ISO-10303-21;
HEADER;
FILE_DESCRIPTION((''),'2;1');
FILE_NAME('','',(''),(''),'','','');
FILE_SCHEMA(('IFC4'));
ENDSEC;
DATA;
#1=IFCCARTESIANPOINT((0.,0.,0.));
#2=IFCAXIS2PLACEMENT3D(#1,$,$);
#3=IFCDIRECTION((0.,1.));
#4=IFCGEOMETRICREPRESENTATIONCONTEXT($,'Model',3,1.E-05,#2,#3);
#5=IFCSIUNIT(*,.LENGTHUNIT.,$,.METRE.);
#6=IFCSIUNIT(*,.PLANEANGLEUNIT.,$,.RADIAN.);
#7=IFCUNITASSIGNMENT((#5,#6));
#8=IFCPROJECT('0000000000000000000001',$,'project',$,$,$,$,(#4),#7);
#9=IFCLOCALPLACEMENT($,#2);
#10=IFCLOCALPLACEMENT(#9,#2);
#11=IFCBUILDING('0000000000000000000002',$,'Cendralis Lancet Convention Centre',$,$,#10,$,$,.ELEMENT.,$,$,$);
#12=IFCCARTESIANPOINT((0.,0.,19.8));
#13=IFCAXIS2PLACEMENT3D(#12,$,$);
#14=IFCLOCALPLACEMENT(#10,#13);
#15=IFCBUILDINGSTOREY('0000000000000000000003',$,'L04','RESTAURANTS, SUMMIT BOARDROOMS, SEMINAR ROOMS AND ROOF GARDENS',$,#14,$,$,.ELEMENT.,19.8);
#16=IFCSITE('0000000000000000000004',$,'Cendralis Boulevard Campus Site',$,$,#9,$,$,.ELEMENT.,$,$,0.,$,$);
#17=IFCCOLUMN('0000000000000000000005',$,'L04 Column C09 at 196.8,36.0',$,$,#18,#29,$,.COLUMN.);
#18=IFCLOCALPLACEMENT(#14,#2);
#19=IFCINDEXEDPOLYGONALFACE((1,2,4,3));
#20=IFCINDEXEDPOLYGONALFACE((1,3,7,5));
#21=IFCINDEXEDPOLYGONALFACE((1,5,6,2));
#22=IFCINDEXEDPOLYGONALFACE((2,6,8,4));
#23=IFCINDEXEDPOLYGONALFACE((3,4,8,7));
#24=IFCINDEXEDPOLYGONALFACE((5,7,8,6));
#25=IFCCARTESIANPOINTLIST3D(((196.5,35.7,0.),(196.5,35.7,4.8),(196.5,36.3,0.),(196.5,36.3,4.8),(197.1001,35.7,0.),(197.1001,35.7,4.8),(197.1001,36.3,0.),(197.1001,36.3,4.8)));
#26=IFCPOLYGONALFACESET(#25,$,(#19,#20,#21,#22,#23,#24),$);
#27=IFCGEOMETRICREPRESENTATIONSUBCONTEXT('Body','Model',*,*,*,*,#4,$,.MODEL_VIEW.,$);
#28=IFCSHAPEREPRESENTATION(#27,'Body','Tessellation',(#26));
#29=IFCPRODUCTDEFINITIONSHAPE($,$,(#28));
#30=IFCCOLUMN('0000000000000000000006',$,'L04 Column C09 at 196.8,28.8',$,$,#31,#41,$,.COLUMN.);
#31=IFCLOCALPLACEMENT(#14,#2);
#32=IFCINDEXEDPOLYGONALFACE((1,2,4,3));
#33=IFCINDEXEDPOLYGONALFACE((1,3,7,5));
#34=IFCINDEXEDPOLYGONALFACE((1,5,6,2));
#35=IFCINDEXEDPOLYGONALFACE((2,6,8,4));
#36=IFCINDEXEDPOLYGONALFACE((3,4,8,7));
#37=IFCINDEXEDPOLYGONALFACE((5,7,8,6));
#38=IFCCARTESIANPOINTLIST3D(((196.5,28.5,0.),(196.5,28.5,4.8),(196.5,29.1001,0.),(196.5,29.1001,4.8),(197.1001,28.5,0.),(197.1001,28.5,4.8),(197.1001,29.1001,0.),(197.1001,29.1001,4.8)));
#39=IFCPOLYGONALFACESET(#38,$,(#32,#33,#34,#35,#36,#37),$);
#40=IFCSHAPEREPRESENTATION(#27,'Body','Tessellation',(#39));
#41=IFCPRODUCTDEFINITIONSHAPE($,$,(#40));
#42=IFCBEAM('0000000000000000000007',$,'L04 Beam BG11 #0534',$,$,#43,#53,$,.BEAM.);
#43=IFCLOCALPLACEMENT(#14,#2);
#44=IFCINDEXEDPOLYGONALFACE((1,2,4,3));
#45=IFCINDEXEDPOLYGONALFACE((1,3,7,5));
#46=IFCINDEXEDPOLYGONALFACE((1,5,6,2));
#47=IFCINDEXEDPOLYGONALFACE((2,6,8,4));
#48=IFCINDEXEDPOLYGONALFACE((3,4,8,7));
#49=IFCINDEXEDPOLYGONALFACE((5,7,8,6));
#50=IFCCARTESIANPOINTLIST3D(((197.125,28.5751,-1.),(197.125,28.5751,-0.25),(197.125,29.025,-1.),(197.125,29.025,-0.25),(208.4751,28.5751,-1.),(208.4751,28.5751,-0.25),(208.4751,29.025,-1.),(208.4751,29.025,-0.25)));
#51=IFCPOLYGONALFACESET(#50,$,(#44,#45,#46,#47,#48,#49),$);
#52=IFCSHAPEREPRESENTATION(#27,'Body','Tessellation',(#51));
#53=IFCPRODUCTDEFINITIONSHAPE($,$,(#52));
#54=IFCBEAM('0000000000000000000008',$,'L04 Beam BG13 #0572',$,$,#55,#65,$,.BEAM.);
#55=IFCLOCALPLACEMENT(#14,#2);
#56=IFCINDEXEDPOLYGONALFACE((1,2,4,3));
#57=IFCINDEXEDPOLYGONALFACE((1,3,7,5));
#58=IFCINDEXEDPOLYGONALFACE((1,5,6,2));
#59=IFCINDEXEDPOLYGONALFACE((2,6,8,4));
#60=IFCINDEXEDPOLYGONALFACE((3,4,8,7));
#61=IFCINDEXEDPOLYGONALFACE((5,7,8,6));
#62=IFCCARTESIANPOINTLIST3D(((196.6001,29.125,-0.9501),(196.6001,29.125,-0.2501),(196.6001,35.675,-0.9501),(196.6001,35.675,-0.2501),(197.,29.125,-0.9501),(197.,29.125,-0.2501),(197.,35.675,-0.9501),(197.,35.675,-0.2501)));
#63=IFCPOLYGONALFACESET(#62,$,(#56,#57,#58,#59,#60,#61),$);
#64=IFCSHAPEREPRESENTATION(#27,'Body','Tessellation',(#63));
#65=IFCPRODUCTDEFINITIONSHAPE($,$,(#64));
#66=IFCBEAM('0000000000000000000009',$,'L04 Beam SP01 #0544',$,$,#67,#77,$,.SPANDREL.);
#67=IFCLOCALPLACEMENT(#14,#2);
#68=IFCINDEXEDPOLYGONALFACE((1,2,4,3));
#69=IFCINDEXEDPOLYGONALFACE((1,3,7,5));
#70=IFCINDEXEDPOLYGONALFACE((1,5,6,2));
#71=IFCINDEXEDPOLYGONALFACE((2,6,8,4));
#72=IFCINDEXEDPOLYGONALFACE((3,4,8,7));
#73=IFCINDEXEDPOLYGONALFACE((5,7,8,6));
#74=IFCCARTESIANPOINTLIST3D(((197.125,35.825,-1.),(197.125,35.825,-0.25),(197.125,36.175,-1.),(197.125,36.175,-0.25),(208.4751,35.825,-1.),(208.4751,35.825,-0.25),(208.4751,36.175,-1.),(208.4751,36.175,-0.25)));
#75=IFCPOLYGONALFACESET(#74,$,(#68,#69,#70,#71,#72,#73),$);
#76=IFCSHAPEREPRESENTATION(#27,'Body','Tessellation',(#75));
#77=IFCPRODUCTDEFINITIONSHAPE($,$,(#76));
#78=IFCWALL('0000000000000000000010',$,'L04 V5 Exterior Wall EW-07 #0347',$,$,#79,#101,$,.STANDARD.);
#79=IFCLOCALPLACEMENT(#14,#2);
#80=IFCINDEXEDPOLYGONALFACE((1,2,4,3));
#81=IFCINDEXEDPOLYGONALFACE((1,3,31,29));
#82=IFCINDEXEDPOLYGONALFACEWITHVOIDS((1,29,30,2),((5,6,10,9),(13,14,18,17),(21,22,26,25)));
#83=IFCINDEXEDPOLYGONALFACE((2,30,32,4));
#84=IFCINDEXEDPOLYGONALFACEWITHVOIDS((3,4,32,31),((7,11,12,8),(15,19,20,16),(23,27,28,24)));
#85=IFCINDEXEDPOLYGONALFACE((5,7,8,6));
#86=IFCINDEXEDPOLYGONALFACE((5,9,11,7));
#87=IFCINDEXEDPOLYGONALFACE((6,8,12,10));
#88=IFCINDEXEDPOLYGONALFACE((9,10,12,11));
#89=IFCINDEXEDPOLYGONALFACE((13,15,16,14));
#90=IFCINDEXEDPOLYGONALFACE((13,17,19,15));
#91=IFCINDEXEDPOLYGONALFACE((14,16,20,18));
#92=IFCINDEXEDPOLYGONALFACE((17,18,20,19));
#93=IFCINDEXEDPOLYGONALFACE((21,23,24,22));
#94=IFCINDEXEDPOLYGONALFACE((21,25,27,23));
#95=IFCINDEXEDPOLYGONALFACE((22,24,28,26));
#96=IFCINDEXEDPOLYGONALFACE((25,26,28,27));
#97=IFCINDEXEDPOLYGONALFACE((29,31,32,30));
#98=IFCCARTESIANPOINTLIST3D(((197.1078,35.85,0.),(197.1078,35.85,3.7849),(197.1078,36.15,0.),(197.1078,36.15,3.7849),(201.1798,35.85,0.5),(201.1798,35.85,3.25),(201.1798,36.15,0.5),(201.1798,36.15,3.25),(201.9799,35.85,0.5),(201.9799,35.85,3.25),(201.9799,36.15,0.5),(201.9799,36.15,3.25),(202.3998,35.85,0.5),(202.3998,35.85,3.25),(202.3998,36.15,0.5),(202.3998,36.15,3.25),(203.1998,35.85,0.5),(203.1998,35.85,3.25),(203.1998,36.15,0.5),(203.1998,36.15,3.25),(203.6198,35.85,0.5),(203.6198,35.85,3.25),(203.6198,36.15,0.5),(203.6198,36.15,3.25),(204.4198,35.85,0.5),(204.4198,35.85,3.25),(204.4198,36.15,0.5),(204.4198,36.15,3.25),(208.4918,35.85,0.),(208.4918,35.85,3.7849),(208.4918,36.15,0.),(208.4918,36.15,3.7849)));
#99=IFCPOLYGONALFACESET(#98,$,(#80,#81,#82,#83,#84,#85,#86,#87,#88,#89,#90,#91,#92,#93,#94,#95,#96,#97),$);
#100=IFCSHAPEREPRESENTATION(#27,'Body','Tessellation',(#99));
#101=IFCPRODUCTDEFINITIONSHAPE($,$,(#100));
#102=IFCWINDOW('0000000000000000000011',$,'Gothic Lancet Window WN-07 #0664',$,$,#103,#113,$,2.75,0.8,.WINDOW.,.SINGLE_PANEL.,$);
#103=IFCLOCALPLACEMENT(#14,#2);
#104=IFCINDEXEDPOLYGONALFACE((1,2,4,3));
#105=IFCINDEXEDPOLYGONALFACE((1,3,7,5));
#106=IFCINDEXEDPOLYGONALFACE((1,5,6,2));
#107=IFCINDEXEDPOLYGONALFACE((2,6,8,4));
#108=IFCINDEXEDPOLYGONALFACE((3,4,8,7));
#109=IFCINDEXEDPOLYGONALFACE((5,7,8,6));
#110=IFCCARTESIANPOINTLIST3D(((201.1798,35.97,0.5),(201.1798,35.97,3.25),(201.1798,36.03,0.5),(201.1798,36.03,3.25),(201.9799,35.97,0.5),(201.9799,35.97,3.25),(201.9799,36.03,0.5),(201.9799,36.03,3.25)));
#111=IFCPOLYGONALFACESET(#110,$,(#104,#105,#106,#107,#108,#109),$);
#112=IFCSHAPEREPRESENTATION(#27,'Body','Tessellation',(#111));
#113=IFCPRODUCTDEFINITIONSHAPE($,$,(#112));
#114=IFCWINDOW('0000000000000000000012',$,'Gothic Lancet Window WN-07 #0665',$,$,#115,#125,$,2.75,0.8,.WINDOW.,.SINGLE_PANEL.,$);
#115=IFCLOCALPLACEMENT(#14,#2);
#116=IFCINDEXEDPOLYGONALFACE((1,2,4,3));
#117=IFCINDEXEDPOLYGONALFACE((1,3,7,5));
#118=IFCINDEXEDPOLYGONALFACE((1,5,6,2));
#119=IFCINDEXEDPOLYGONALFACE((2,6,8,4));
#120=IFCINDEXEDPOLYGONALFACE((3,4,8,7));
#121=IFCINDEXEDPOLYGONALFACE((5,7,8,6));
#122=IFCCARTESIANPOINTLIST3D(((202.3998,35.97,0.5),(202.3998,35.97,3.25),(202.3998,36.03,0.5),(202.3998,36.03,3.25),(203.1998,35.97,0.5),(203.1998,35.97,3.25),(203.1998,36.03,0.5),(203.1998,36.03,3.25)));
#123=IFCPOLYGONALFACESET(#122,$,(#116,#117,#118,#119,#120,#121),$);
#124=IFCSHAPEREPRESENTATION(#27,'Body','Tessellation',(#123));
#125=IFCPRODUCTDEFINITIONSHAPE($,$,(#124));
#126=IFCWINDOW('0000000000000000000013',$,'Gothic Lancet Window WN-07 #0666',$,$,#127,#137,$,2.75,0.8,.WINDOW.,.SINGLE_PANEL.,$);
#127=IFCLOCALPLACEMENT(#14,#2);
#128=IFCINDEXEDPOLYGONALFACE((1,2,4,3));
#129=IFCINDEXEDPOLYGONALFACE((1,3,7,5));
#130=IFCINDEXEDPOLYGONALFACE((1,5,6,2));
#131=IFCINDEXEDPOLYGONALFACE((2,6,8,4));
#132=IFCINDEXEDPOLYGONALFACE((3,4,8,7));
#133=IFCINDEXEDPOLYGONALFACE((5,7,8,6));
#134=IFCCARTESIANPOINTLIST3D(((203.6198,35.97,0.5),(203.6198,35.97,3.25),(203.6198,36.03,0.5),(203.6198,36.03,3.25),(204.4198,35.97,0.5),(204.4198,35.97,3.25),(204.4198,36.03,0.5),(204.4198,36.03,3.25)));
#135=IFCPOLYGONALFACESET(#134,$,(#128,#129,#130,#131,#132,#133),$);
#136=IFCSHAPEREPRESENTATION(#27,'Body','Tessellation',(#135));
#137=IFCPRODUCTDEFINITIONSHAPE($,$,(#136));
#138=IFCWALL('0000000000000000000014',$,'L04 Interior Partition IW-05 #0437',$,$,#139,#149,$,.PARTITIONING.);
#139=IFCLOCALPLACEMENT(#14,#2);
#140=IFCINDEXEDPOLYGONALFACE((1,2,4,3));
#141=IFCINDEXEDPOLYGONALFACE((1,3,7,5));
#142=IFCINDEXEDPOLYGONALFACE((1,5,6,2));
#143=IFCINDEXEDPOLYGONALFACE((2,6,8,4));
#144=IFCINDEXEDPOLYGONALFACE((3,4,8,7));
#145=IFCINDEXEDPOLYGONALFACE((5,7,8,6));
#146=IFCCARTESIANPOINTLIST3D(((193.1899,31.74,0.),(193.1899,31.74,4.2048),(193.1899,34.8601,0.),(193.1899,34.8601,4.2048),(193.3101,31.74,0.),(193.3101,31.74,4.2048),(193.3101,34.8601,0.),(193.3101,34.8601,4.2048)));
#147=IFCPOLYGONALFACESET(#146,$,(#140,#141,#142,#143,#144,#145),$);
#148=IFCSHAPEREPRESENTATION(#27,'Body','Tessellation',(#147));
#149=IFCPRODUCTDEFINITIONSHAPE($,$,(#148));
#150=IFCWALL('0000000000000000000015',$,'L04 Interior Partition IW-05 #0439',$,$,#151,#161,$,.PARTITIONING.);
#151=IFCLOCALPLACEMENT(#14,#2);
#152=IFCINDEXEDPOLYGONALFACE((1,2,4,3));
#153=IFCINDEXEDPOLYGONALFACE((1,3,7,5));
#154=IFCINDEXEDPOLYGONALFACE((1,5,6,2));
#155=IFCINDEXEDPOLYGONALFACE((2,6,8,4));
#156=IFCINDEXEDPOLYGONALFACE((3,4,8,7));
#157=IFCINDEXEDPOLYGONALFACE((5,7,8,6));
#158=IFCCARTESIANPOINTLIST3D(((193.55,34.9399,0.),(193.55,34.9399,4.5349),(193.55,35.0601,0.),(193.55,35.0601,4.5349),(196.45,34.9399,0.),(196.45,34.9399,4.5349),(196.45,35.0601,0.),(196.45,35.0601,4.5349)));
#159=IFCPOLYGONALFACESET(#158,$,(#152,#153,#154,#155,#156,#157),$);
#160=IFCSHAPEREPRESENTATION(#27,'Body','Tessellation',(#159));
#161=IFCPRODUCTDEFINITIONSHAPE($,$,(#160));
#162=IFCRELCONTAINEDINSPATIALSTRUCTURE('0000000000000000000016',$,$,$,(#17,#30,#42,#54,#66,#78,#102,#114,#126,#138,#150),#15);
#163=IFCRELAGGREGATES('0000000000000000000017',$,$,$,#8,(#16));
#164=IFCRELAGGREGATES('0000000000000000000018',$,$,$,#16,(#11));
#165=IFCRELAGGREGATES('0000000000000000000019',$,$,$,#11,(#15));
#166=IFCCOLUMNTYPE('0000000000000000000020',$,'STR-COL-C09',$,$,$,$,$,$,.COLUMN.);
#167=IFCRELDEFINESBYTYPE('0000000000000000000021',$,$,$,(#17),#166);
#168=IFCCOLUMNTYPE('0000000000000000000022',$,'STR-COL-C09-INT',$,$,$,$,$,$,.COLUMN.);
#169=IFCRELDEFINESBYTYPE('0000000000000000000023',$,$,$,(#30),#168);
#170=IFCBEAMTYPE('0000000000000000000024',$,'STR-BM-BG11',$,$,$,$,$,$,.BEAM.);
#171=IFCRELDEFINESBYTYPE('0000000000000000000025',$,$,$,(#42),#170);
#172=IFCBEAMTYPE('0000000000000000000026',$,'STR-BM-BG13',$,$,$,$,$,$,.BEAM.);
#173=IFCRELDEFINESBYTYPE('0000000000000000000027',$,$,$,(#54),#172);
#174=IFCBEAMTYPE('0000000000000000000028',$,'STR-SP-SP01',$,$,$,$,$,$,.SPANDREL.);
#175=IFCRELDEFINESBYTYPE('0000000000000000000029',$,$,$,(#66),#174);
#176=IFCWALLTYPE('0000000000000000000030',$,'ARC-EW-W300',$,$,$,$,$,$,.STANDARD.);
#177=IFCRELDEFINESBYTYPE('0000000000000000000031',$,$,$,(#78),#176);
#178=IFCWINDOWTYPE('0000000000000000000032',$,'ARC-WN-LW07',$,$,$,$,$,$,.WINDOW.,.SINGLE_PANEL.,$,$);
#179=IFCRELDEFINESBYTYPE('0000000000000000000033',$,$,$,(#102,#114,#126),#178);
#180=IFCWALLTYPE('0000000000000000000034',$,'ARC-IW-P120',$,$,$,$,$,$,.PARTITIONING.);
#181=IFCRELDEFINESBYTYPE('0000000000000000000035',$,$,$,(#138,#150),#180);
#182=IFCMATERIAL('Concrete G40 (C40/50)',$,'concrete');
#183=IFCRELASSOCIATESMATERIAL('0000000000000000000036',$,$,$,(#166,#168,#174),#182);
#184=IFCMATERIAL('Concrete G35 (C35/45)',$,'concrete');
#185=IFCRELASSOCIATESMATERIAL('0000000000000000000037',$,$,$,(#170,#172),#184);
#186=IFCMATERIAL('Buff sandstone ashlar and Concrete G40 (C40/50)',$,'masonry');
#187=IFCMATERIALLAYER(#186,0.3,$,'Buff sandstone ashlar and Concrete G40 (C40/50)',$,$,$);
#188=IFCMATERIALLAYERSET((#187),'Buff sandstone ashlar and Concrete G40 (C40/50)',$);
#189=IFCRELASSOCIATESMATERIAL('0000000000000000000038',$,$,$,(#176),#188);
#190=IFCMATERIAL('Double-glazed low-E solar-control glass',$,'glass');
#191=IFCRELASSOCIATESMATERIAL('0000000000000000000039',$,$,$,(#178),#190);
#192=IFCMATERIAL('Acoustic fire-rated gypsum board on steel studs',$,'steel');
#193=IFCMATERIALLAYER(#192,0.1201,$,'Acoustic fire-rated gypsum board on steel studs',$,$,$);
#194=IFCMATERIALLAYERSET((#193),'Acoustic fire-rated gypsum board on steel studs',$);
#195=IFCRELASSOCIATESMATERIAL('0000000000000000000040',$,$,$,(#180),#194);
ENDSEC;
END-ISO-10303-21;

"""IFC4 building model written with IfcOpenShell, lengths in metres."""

from ifc_helpers import new_model, si_unit, direction, frame, frame_2d, origin, origin_2d, place, context, subcontext, project, spatial, rectangle, extrude, material, layer, layer_set, material_profile, profile_set, type_object, element, fill, save


model = new_model("IFC4")

# Units and contexts
model_context = context("Model", 3, precision=1e-05, world=origin(), true_north=direction((0.0, 1.0)))
body_context = subcontext(model_context, "Body", "Model", "MODEL_VIEW")
ifc_project = project(units=[si_unit("LENGTHUNIT", "METRE"), si_unit("PLANEANGLEUNIT", "RADIAN")], contexts=[model_context])

# Site, building, storey
site_placement = place(None, origin())
site = spatial("IfcSite", under=ifc_project, at=site_placement, Name="Cendralis Boulevard Campus Site", CompositionType="ELEMENT", RefElevation=0.0)
building_placement = place(site_placement, origin())
building = spatial("IfcBuilding", under=site, at=building_placement, Name="Cendralis Lancet Convention Centre", CompositionType="ELEMENT")
storey_placement = place(building_placement, frame((0.0, 0.0, 19.8)))
storey = spatial("IfcBuildingStorey", under=building, at=storey_placement, Name="L04", Description="RESTAURANTS, SUMMIT BOARDROOMS, SEMINAR ROOMS AND ROOF GARDENS", CompositionType="ELEMENT", Elevation=19.8)

# Columns
ifc_material_1 = material(Name="Concrete G40 (C40/50)", Category="concrete")
ifc_material_profile_1 = material_profile(ifc_material_1, rectangle(XDim=0.6001, YDim=0.6001, at=origin_2d()), Name="RC 600x600")
ifc_profile_set_1 = profile_set([ifc_material_profile_1], Name="Concrete G40 (C40/50)")
column_type_1 = type_object("IfcColumnType", Name="STR-COL-C09", PredefinedType="COLUMN", material=ifc_profile_set_1)
column_1_placement = place(storey_placement, frame((196.8, 36.0, 0.0), z_axis=(0.0, 0.0, 1.0), x_axis=(1.0, 0.0, 0.0)))
element("IfcColumn", 1, at=column_1_placement, inside=storey, type_object=column_type_1, Name="L04 Column C09 at 196.8,36.0", PredefinedType="COLUMN", context=body_context, shape_type="SweptSolid", body=[
    extrude(rectangle(XDim=0.6001, YDim=0.6001, at=origin_2d()), origin(), (0.0, 0.0, 1.0), 4.8),
])
ifc_material_profile_2 = material_profile(ifc_material_1, rectangle(XDim=0.6001, YDim=0.6001, at=origin_2d()), Name="RC 600x600")
ifc_profile_set_2 = profile_set([ifc_material_profile_2], Name="Concrete G40 (C40/50)")
column_type_2 = type_object("IfcColumnType", Name="STR-COL-C09-INT", PredefinedType="COLUMN", material=ifc_profile_set_2)
column_2_placement = place(storey_placement, frame((196.8, 28.8, 0.0), z_axis=(0.0, 0.0, 1.0), x_axis=(1.0, 0.0, 0.0)))
element("IfcColumn", 2, at=column_2_placement, inside=storey, type_object=column_type_2, Name="L04 Column C09 at 196.8,28.8", PredefinedType="COLUMN", context=body_context, shape_type="SweptSolid", body=[
    extrude(rectangle(XDim=0.6001, YDim=0.6001, at=origin_2d()), origin(), (0.0, 0.0, 1.0), 4.8),
])

# Beams
ifc_material_2 = material(Name="Concrete G35 (C35/45)", Category="concrete")
ifc_material_profile_3 = material_profile(ifc_material_2, rectangle(XDim=0.45, YDim=0.75, at=origin_2d()), Name="RCB 450x750")
ifc_profile_set_3 = profile_set([ifc_material_profile_3], Name="Concrete G35 (C35/45)")
beam_type_1 = type_object("IfcBeamType", Name="STR-BM-BG11", PredefinedType="BEAM", material=ifc_profile_set_3)
beam_1_placement = place(storey_placement, frame((197.125, 28.8, -0.625), z_axis=(1.0, 0.0, 0.0), x_axis=(0.0, 1.0, 0.0)))
element("IfcBeam", 3, at=beam_1_placement, inside=storey, type_object=beam_type_1, Name="L04 Beam BG11 #0534", PredefinedType="BEAM", context=body_context, shape_type="SweptSolid", body=[
    extrude(rectangle(XDim=0.45, YDim=0.75, at=origin_2d()), origin(), (0.0, 0.0, 1.0), 11.3501),
])
ifc_material_profile_4 = material_profile(ifc_material_2, rectangle(XDim=0.3999, YDim=0.7, at=origin_2d()), Name="RCB 400x700")
ifc_profile_set_4 = profile_set([ifc_material_profile_4], Name="Concrete G35 (C35/45)")
beam_type_2 = type_object("IfcBeamType", Name="STR-BM-BG13", PredefinedType="BEAM", material=ifc_profile_set_4)
beam_2_placement = place(storey_placement, frame((196.8, 29.125, -0.6001), z_axis=(0.0, 1.0, 0.0), x_axis=(-1.0, 0.0, 0.0)))
element("IfcBeam", 4, at=beam_2_placement, inside=storey, type_object=beam_type_2, Name="L04 Beam BG13 #0572", PredefinedType="BEAM", context=body_context, shape_type="SweptSolid", body=[
    extrude(rectangle(XDim=0.3999, YDim=0.7, at=origin_2d()), origin(), (0.0, 0.0, 1.0), 6.55),
])
ifc_material_profile_5 = material_profile(ifc_material_1, rectangle(XDim=0.3501, YDim=0.75, at=origin_2d()), Name="RCB 350x750")
ifc_profile_set_5 = profile_set([ifc_material_profile_5], Name="Concrete G40 (C40/50)")
beam_type_3 = type_object("IfcBeamType", Name="STR-SP-SP01", PredefinedType="SPANDREL", material=ifc_profile_set_5)
beam_3_placement = place(storey_placement, frame((197.125, 36.0, -0.625), z_axis=(1.0, 0.0, 0.0), x_axis=(0.0, 1.0, 0.0)))
element("IfcBeam", 5, at=beam_3_placement, inside=storey, type_object=beam_type_3, Name="L04 Beam SP01 #0544", PredefinedType="SPANDREL", context=body_context, shape_type="SweptSolid", body=[
    extrude(rectangle(XDim=0.3501, YDim=0.75, at=origin_2d()), origin(), (0.0, 0.0, 1.0), 11.3501),
])

# Wall, openings, windows
ifc_material_3 = material(Name="Buff sandstone ashlar and Concrete G40 (C40/50)", Category="masonry")
ifc_layer_1 = layer(ifc_material_3, 0.3, Name="Buff sandstone ashlar and Concrete G40 (C40/50)")
ifc_layer_set_1 = layer_set([ifc_layer_1], Name="Buff sandstone ashlar and Concrete G40 (C40/50)")
wall_type_1 = type_object("IfcWallType", Name="ARC-EW-W300", PredefinedType="STANDARD", material=ifc_layer_set_1)
wall_1_placement = place(storey_placement, frame((197.1079, 36.0, 0.0), z_axis=(0.0, 0.0, 1.0), x_axis=(1.0, 0.0, 0.0)))
wall_1 = element("IfcWall", 6, at=wall_1_placement, inside=storey, type_object=wall_type_1, Name="L04 V5 Exterior Wall EW-07 #0347", PredefinedType="STANDARD", context=body_context, shape_type="SweptSolid", body=[
    extrude(rectangle(XDim=11.384, YDim=0.3, at=frame_2d((5.6919, 0.0))), origin(), (0.0, 0.0, 1.0), 3.7849),
])
opening_1_placement = place(wall_1_placement, frame((4.072, 0.0, 0.5)))
opening_1 = element("IfcOpeningElement", 7, at=opening_1_placement, cuts=wall_1, PredefinedType="OPENING", context=body_context, shape_type="SweptSolid", body=[
    extrude(rectangle(XDim=0.8, YDim=2.75, at=frame_2d((0.3999, 1.375))), frame((0.0, 0.1599, 0.0), z_axis=(0.0, -1.0, 0.0), x_axis=(1.0, 0.0, 0.0)), (0.0, 0.0, 1.0), 0.3201),
])
opening_2_placement = place(wall_1_placement, frame((5.292, 0.0, 0.5)))
opening_2 = element("IfcOpeningElement", 8, at=opening_2_placement, cuts=wall_1, PredefinedType="OPENING", context=body_context, shape_type="SweptSolid", body=[
    extrude(rectangle(XDim=0.8, YDim=2.75, at=frame_2d((0.3999, 1.375))), frame((0.0, 0.1599, 0.0), z_axis=(0.0, -1.0, 0.0), x_axis=(1.0, 0.0, 0.0)), (0.0, 0.0, 1.0), 0.3201),
])
opening_3_placement = place(wall_1_placement, frame((6.512, 0.0, 0.5)))
opening_3 = element("IfcOpeningElement", 9, at=opening_3_placement, cuts=wall_1, PredefinedType="OPENING", context=body_context, shape_type="SweptSolid", body=[
    extrude(rectangle(XDim=0.8, YDim=2.75, at=frame_2d((0.3999, 1.375))), frame((0.0, 0.1599, 0.0), z_axis=(0.0, -1.0, 0.0), x_axis=(1.0, 0.0, 0.0)), (0.0, 0.0, 1.0), 0.3201),
])
ifc_material_4 = material(Name="Double-glazed low-E solar-control glass", Category="glass")
window_type = type_object("IfcWindowType", Name="ARC-WN-LW07", PartitioningType="SINGLE_PANEL", PredefinedType="WINDOW", material=ifc_material_4)
window_1_placement = place(opening_1_placement, origin())
window_1 = element("IfcWindow", 10, at=window_1_placement, inside=storey, type_object=window_type, Name="Gothic Lancet Window WN-07 #0664", OverallHeight=2.75, OverallWidth=0.8, PartitioningType="SINGLE_PANEL", PredefinedType="WINDOW", context=body_context, shape_type="SweptSolid", body=[
    extrude(rectangle(XDim=0.8, YDim=2.75, at=frame_2d((0.3999, 1.375))), frame((0.0, 0.03, 0.0), z_axis=(0.0, -1.0, 0.0), x_axis=(1.0, 0.0, 0.0)), (0.0, 0.0, 1.0), 0.0601),
])
fill(opening_1, window_1)
window_2_placement = place(opening_2_placement, origin())
window_2 = element("IfcWindow", 11, at=window_2_placement, inside=storey, type_object=window_type, Name="Gothic Lancet Window WN-07 #0665", OverallHeight=2.75, OverallWidth=0.8, PartitioningType="SINGLE_PANEL", PredefinedType="WINDOW", context=body_context, shape_type="SweptSolid", body=[
    extrude(rectangle(XDim=0.8, YDim=2.75, at=frame_2d((0.3999, 1.375))), frame((0.0, 0.03, 0.0), z_axis=(0.0, -1.0, 0.0), x_axis=(1.0, 0.0, 0.0)), (0.0, 0.0, 1.0), 0.0601),
])
fill(opening_2, window_2)
window_3_placement = place(opening_3_placement, origin())
window_3 = element("IfcWindow", 12, at=window_3_placement, inside=storey, type_object=window_type, Name="Gothic Lancet Window WN-07 #0666", OverallHeight=2.75, OverallWidth=0.8, PartitioningType="SINGLE_PANEL", PredefinedType="WINDOW", context=body_context, shape_type="SweptSolid", body=[
    extrude(rectangle(XDim=0.8, YDim=2.75, at=frame_2d((0.3999, 1.375))), frame((0.0, 0.03, 0.0), z_axis=(0.0, -1.0, 0.0), x_axis=(1.0, 0.0, 0.0)), (0.0, 0.0, 1.0), 0.0601),
])
fill(opening_3, window_3)

# Wall
ifc_material_5 = material(Name="Acoustic fire-rated gypsum board on steel studs", Category="steel")
ifc_layer_2 = layer(ifc_material_5, 0.1201, Name="Acoustic fire-rated gypsum board on steel studs")
ifc_layer_set_2 = layer_set([ifc_layer_2], Name="Acoustic fire-rated gypsum board on steel studs")
wall_type_2 = type_object("IfcWallType", Name="ARC-IW-P120", PredefinedType="PARTITIONING", material=ifc_layer_set_2)
wall_2_placement = place(storey_placement, frame((193.25, 31.74, 0.0), z_axis=(0.0, 0.0, 1.0), x_axis=(0.0, 1.0, 0.0)))
element("IfcWall", 13, at=wall_2_placement, inside=storey, type_object=wall_type_2, Name="L04 Interior Partition IW-05 #0437", PredefinedType="PARTITIONING", context=body_context, shape_type="SweptSolid", body=[
    extrude(rectangle(XDim=3.1201, YDim=0.1201, at=frame_2d((1.5601, 0.0))), origin(), (0.0, 0.0, 1.0), 4.2048),
])

# Wall
wall_3_placement = place(storey_placement, frame((193.55, 35.0, 0.0), z_axis=(0.0, 0.0, 1.0), x_axis=(1.0, 0.0, 0.0)))
element("IfcWall", 14, at=wall_3_placement, inside=storey, type_object=wall_type_2, Name="L04 Interior Partition IW-05 #0439", PredefinedType="PARTITIONING", context=body_context, shape_type="SweptSolid", body=[
    extrude(rectangle(XDim=2.8999, YDim=0.1201, at=frame_2d((1.45, 0.0))), origin(), (0.0, 0.0, 1.0), 4.5349),
])

save(model, "model.ifc")
